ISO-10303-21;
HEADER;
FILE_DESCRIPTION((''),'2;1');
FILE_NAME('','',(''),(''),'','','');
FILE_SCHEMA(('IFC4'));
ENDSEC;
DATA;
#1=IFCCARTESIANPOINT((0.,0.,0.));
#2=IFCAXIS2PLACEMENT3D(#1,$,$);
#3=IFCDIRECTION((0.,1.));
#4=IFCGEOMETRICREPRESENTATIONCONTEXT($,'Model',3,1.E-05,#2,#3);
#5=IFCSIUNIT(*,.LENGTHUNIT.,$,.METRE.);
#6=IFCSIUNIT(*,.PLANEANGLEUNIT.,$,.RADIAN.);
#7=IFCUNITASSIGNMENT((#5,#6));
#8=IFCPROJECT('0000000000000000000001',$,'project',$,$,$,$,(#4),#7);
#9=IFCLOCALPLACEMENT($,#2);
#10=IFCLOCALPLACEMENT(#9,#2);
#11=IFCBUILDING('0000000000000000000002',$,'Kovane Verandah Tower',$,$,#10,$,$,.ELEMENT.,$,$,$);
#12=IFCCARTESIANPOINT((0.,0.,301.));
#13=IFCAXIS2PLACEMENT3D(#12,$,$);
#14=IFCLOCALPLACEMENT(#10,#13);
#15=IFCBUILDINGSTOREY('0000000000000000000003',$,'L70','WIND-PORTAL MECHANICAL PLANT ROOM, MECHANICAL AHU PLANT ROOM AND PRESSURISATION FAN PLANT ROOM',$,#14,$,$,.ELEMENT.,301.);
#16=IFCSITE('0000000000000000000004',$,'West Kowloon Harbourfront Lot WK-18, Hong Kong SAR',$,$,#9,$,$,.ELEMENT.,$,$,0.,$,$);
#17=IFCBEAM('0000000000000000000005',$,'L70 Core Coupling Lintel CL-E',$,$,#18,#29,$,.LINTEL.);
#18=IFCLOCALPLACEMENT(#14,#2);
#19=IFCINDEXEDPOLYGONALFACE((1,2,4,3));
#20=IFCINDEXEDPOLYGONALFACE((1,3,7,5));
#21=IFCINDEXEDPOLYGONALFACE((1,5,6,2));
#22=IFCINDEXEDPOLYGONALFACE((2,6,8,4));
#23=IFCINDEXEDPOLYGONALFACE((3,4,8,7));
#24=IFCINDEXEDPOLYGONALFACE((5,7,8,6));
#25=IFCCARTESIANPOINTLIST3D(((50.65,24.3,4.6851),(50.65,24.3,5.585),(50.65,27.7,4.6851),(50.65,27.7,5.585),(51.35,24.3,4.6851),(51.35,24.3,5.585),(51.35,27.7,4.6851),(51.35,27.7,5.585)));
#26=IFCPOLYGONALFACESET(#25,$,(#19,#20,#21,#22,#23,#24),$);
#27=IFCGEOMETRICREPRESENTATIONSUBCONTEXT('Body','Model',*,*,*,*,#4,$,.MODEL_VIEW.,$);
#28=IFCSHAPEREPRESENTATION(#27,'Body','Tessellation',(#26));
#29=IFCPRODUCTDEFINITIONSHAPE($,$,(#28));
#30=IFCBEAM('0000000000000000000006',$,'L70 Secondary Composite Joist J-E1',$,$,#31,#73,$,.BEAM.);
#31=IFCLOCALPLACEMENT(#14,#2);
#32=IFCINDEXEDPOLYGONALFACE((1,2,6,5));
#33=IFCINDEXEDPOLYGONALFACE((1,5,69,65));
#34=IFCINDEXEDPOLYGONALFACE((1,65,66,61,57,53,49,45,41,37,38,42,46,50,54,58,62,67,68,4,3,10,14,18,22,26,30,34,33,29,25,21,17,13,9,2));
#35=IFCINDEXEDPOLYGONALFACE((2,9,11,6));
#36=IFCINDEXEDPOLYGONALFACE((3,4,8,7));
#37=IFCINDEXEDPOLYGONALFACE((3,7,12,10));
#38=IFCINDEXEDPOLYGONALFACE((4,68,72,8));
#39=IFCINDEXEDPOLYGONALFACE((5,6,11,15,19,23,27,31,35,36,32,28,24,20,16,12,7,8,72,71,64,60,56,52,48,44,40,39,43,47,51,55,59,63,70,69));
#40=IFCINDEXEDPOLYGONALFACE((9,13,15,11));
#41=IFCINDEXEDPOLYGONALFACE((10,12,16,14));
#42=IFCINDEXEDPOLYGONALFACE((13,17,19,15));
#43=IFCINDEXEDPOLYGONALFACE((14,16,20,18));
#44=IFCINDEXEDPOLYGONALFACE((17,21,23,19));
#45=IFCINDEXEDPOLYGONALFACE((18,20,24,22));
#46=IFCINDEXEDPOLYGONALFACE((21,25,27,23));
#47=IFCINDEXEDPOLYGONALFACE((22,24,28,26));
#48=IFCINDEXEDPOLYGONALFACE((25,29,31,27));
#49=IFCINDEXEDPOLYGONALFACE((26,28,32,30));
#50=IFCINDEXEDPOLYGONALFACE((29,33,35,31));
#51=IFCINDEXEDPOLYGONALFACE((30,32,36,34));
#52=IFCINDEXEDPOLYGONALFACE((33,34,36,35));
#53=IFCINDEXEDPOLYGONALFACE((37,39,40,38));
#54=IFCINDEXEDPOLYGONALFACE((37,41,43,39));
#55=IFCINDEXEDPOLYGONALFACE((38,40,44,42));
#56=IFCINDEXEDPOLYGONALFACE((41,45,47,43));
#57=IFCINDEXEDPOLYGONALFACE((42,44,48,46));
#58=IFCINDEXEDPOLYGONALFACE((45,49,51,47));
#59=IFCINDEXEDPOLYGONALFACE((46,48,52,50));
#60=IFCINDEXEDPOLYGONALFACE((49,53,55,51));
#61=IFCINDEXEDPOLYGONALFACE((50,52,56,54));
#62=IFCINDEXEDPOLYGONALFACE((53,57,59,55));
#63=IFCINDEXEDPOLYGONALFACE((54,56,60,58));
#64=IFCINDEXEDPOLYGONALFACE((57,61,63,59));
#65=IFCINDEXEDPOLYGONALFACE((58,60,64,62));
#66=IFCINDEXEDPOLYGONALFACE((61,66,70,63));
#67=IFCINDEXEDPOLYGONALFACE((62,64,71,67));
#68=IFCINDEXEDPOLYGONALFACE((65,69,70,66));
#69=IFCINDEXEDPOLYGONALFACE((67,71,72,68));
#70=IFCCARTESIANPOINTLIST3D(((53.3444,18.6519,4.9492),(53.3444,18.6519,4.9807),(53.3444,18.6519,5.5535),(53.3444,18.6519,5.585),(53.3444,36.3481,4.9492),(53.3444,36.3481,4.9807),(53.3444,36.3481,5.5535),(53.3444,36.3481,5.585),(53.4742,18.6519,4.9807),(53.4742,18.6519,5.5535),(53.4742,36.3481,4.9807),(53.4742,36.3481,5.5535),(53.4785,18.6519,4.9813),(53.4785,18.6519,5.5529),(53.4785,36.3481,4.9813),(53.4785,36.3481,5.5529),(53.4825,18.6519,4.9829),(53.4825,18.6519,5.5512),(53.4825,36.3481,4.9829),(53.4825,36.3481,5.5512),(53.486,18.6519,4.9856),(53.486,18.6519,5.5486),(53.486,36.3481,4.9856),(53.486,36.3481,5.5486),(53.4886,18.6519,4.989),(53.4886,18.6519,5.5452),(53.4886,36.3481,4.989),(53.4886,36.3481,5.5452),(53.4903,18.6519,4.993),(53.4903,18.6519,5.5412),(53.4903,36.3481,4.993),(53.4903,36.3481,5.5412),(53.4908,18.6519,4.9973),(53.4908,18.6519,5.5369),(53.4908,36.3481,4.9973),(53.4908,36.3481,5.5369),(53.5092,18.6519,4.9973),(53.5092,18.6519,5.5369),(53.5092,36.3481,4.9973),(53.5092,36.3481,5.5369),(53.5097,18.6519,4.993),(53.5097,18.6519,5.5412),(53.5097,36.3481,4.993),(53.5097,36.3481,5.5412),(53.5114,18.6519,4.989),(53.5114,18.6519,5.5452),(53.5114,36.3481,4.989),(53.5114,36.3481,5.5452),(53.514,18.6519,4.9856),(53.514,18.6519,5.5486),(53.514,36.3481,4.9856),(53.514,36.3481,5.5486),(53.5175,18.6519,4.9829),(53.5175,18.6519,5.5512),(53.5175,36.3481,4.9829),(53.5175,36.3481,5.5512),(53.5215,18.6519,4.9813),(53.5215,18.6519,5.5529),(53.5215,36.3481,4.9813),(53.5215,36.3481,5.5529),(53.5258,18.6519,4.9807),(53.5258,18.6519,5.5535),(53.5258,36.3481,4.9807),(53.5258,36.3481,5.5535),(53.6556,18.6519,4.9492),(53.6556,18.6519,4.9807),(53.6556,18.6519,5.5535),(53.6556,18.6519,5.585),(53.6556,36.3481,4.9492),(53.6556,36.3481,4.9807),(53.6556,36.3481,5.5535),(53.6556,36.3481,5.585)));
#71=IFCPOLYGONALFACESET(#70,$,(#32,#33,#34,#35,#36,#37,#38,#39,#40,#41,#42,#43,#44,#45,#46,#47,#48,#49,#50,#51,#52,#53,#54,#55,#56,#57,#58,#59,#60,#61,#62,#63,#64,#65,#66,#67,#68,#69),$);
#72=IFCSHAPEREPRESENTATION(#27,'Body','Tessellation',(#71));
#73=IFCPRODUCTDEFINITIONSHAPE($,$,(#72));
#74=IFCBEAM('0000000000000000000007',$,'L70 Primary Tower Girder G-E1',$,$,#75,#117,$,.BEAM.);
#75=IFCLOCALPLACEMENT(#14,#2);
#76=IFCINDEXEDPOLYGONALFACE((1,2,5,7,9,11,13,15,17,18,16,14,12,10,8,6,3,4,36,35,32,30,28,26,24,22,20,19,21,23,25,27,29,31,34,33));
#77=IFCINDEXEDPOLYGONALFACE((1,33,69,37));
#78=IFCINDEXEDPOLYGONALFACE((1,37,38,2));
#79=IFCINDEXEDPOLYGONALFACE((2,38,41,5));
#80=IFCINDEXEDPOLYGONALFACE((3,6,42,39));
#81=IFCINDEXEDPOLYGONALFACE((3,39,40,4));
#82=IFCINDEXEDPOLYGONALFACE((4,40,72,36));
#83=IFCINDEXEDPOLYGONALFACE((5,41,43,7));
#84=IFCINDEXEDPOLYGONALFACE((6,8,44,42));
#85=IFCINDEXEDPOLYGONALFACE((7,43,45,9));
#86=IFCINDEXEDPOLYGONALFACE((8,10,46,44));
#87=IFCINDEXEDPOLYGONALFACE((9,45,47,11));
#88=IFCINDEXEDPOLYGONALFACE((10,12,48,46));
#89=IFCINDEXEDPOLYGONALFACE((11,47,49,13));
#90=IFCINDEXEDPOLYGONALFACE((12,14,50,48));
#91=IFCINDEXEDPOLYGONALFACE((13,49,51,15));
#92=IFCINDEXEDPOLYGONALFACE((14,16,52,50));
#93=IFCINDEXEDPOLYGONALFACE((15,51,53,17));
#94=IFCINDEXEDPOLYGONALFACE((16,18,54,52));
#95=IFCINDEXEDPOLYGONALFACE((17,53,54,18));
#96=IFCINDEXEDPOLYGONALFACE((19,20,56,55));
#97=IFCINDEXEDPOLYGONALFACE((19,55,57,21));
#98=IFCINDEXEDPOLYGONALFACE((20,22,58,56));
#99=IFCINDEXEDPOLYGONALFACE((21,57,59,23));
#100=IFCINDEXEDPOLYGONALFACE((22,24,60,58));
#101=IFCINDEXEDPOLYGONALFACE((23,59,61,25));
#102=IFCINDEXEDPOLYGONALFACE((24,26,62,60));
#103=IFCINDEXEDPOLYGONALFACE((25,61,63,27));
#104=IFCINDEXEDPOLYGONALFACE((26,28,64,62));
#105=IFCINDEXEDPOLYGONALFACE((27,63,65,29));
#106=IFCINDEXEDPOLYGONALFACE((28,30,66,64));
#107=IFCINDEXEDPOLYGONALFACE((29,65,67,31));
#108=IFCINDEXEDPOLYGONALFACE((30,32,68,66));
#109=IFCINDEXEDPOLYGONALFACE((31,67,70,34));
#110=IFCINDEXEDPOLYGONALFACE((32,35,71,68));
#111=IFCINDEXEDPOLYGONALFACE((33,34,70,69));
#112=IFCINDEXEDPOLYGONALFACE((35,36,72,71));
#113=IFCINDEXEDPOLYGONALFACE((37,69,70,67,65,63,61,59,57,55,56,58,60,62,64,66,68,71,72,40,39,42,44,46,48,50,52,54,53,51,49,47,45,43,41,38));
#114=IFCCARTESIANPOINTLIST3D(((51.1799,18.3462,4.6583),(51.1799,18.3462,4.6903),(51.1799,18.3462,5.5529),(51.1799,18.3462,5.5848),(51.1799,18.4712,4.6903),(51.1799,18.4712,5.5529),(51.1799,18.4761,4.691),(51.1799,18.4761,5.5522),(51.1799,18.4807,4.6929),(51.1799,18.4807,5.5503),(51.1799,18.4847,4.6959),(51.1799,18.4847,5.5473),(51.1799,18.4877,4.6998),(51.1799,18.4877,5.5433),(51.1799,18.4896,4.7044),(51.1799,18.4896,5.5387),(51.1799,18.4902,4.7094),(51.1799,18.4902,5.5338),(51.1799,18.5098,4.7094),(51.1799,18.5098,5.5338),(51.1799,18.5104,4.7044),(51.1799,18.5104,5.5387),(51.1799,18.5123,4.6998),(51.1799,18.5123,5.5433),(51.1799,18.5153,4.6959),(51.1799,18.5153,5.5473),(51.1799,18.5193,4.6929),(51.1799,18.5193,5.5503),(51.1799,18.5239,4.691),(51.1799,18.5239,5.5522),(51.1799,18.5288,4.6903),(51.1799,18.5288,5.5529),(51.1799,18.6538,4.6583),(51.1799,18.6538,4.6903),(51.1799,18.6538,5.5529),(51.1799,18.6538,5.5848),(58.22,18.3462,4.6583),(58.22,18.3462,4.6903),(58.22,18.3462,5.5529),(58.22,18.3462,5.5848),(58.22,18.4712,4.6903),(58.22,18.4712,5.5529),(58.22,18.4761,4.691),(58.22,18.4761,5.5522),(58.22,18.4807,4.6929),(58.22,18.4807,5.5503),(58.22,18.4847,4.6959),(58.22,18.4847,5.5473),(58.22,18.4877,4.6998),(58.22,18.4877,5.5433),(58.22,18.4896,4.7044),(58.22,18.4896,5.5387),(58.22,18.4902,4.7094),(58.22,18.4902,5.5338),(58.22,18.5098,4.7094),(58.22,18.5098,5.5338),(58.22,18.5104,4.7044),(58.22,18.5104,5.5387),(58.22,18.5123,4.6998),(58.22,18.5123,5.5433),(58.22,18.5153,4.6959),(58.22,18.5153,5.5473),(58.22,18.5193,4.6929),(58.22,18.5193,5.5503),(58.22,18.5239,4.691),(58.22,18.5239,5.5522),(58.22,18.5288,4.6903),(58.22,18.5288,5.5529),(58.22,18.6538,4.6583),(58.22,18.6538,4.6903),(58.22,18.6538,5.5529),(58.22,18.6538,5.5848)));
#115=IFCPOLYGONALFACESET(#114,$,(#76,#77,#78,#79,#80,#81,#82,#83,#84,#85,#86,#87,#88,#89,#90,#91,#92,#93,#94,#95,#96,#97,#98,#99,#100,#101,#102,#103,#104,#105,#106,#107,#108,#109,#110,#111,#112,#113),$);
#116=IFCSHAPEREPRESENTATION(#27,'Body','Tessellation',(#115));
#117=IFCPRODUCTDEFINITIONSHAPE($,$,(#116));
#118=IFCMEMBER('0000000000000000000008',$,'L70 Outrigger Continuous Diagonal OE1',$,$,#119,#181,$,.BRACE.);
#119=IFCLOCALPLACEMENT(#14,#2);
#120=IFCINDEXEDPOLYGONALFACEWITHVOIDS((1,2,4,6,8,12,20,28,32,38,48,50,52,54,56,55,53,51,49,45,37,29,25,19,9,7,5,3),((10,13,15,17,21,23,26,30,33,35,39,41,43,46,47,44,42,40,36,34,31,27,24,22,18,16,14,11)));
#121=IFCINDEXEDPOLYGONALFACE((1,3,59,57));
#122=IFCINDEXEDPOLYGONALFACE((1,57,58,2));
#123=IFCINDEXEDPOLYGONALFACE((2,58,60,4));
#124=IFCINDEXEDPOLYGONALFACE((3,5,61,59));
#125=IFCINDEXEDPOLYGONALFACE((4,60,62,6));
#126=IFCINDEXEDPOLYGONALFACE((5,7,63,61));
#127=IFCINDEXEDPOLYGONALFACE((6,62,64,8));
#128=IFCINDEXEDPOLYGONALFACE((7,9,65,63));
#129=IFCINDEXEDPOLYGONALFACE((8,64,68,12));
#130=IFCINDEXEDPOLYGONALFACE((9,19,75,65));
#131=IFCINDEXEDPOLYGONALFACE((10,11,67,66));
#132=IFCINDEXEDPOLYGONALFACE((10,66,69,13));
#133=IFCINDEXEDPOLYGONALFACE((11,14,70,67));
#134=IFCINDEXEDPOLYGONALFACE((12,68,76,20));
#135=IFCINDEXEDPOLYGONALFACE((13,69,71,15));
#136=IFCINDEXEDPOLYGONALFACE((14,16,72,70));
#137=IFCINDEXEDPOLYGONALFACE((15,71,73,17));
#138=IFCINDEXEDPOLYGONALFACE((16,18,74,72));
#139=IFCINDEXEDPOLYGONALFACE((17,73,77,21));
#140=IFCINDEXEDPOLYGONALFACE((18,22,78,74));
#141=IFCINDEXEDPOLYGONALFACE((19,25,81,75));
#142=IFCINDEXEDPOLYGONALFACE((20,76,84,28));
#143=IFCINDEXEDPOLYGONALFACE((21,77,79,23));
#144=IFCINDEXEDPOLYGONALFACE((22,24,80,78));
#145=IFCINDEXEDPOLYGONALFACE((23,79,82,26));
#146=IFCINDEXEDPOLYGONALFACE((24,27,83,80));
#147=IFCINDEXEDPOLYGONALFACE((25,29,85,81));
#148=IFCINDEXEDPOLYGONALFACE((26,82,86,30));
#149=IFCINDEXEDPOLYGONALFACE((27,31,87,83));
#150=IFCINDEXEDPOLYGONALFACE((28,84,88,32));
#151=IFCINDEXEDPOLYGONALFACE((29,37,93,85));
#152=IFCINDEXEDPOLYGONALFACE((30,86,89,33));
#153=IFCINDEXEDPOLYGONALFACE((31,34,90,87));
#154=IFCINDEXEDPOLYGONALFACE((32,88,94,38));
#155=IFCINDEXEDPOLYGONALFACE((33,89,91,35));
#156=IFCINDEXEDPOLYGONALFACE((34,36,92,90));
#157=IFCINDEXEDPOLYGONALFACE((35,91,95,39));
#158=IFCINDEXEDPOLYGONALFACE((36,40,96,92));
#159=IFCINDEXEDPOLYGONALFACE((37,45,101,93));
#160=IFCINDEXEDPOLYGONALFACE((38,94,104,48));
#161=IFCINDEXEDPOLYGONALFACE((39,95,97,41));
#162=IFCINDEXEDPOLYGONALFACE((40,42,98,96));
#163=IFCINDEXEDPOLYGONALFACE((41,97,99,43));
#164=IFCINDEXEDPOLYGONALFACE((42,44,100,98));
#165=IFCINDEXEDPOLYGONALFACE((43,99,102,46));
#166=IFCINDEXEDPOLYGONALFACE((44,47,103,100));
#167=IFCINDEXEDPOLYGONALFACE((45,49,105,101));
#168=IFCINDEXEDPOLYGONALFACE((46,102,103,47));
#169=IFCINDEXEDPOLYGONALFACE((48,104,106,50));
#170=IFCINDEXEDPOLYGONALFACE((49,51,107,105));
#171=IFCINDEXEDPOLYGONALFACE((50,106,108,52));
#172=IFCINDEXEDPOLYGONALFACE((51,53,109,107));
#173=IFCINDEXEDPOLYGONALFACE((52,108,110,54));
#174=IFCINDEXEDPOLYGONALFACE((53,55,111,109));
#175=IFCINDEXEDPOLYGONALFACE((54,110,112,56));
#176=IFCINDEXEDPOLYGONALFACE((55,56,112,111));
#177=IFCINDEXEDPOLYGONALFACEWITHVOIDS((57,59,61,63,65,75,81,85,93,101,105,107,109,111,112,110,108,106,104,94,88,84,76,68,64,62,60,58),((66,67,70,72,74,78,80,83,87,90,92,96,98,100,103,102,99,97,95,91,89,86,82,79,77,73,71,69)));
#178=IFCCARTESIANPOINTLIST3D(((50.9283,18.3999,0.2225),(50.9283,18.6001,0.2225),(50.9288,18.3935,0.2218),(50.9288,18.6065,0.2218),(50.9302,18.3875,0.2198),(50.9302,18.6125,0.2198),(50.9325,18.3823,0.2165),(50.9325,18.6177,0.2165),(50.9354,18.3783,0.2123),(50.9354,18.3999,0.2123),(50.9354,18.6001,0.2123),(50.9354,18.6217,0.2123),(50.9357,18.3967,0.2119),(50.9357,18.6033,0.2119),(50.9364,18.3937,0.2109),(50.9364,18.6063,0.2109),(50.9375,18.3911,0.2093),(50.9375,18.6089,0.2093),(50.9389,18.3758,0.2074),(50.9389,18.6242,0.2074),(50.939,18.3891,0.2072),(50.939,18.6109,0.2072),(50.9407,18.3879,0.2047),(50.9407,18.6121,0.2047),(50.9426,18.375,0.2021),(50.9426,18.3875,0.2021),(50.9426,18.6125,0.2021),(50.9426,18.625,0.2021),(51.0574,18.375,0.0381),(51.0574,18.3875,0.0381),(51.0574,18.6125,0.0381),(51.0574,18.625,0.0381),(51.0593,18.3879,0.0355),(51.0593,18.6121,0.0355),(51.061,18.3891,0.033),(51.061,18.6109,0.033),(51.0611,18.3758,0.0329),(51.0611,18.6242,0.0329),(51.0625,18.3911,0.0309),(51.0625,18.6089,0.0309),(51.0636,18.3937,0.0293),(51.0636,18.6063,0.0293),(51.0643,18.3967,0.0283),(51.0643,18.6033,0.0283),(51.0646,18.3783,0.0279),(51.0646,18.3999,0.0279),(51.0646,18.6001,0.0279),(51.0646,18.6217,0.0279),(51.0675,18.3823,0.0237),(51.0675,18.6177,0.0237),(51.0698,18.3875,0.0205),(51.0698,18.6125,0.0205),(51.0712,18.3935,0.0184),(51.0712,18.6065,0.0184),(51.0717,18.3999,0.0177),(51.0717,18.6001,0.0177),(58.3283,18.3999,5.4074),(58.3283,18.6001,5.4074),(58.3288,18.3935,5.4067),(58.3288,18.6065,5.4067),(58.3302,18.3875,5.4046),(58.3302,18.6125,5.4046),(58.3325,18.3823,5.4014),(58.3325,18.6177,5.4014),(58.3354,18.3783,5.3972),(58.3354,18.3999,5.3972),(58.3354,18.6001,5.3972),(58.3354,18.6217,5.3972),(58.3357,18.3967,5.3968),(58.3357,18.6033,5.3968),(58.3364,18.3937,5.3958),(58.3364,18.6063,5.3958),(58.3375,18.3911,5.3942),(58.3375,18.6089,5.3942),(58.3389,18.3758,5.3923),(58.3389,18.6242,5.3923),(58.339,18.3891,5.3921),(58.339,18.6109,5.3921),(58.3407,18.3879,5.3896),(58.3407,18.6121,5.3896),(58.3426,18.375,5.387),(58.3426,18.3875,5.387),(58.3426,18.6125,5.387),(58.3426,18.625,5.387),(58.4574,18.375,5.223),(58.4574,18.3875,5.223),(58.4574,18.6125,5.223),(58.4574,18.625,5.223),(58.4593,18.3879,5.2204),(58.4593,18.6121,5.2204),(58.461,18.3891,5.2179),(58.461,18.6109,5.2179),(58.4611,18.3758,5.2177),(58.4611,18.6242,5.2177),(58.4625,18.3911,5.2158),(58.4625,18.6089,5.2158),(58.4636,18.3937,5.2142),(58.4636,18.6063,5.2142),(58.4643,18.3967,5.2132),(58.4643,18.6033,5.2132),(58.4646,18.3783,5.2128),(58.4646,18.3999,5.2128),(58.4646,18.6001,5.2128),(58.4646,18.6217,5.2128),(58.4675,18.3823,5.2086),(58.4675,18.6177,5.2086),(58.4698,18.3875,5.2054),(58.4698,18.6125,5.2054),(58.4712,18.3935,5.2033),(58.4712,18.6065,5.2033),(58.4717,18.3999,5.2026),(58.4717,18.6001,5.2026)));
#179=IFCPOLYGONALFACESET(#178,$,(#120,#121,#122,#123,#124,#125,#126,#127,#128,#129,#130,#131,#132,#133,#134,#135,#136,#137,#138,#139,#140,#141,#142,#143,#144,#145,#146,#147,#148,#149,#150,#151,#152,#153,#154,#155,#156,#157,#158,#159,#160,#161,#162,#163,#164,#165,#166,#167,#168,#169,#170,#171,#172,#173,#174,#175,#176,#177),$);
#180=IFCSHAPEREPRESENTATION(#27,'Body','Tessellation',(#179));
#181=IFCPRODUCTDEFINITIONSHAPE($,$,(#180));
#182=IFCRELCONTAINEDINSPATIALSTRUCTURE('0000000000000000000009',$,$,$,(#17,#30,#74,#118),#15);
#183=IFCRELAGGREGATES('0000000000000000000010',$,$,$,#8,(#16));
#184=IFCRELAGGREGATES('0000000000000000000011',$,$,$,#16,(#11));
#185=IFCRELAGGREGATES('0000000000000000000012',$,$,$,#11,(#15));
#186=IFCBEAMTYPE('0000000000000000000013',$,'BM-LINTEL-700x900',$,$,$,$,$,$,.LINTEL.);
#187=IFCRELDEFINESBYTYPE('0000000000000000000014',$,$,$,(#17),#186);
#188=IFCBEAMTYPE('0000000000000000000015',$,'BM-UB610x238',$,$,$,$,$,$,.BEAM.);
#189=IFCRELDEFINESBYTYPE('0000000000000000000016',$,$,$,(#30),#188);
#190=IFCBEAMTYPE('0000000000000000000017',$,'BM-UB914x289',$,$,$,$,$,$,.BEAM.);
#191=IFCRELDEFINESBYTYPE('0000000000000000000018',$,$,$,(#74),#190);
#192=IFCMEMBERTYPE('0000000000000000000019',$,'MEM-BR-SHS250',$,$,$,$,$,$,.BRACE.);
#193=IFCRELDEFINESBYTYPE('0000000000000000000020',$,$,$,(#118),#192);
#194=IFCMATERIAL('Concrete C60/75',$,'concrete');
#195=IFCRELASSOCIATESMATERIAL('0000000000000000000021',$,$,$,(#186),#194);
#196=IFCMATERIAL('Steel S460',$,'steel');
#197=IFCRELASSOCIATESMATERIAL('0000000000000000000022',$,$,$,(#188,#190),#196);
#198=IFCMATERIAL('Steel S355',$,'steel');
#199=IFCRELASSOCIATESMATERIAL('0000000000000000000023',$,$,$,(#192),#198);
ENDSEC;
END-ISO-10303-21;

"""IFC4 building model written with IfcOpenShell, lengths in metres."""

from ifc_helpers import new_model, si_unit, direction, frame, origin, origin_2d, place, context, subcontext, project, spatial, rectangle, hollow_rectangle, i_section, extrude, material, material_profile, profile_set, type_object, element, save


model = new_model("IFC4")

# Units and contexts
model_context = context("Model", 3, precision=1e-05, world=origin(), true_north=direction((0.0, 1.0)))
body_context = subcontext(model_context, "Body", "Model", "MODEL_VIEW")
ifc_project = project(units=[si_unit("LENGTHUNIT", "METRE"), si_unit("PLANEANGLEUNIT", "RADIAN")], contexts=[model_context])

# Site, building, storey
site_placement = place(None, origin())
site = spatial("IfcSite", under=ifc_project, at=site_placement, Name="West Kowloon Harbourfront Lot WK-18, Hong Kong SAR", CompositionType="ELEMENT", RefElevation=0.0)
building_placement = place(site_placement, origin())
building = spatial("IfcBuilding", under=site, at=building_placement, Name="Kovane Verandah Tower", CompositionType="ELEMENT")
storey_placement = place(building_placement, frame((0.0, 0.0, 301.0)))
storey = spatial("IfcBuildingStorey", under=building, at=storey_placement, Name="L70", Description="WIND-PORTAL MECHANICAL PLANT ROOM, MECHANICAL AHU PLANT ROOM AND PRESSURISATION FAN PLANT ROOM", CompositionType="ELEMENT", Elevation=301.0)

# Beams
ifc_material_1 = material(Name="Concrete C60/75", Category="concrete")
ifc_material_profile_1 = material_profile(ifc_material_1, rectangle(XDim=0.7, YDim=0.8999, at=origin_2d()), Name="RCB700x900")
ifc_profile_set_1 = profile_set([ifc_material_profile_1], Name="Concrete C60/75")
beam_type_1 = type_object("IfcBeamType", Name="BM-LINTEL-700x900", PredefinedType="LINTEL", material=ifc_profile_set_1)
beam_1_placement = place(storey_placement, frame((51.0, 24.3, 5.135), z_axis=(0.0, 1.0, 0.0), x_axis=(-1.0, 0.0, 0.0)))
element("IfcBeam", 1, at=beam_1_placement, inside=storey, type_object=beam_type_1, Name="L70 Core Coupling Lintel CL-E", PredefinedType="LINTEL", context=body_context, shape_type="SweptSolid", body=[
    extrude(rectangle(XDim=0.7, YDim=0.8999, at=origin_2d()), origin(), (0.0, 0.0, 1.0), 3.3999),
])
ifc_material_2 = material(Name="Steel S460", Category="steel")
ifc_material_profile_2 = material_profile(ifc_material_2, i_section(OverallWidth=0.3113, OverallDepth=0.6357, WebThickness=0.0183, FlangeThickness=0.0315, FilletRadius=0.0166, at=origin_2d()), Name="UB610x305x238")
ifc_profile_set_2 = profile_set([ifc_material_profile_2], Name="Steel S460")
beam_type_2 = type_object("IfcBeamType", Name="BM-UB610x238", PredefinedType="BEAM", material=ifc_profile_set_2)
beam_2_placement = place(storey_placement, frame((53.5, 18.6519, 5.2671), z_axis=(0.0, 1.0, 0.0), x_axis=(-1.0, 0.0, 0.0)))
element("IfcBeam", 2, at=beam_2_placement, inside=storey, type_object=beam_type_2, Name="L70 Secondary Composite Joist J-E1", PredefinedType="BEAM", context=body_context, shape_type="SweptSolid", body=[
    extrude(i_section(OverallWidth=0.3113, OverallDepth=0.6357, WebThickness=0.0183, FlangeThickness=0.0315, FilletRadius=0.0166, at=origin_2d()), origin(), (0.0, 0.0, 1.0), 17.6963),
])
ifc_material_profile_3 = material_profile(ifc_material_2, i_section(OverallWidth=0.3076, OverallDepth=0.9265, WebThickness=0.0195, FlangeThickness=0.032, FilletRadius=0.019, at=origin_2d()), Name="UB914x305x289")
ifc_profile_set_3 = profile_set([ifc_material_profile_3], Name="Steel S460")
beam_type_3 = type_object("IfcBeamType", Name="BM-UB914x289", PredefinedType="BEAM", material=ifc_profile_set_3)
beam_3_placement = place(storey_placement, frame((51.1799, 18.5, 5.1216), z_axis=(1.0, 0.0, 0.0), x_axis=(0.0, 1.0, 0.0)))
element("IfcBeam", 3, at=beam_3_placement, inside=storey, type_object=beam_type_3, Name="L70 Primary Tower Girder G-E1", PredefinedType="BEAM", context=body_context, shape_type="SweptSolid", body=[
    extrude(i_section(OverallWidth=0.3076, OverallDepth=0.9265, WebThickness=0.0195, FlangeThickness=0.032, FilletRadius=0.019, at=origin_2d()), origin(), (0.0, 0.0, 1.0), 7.04),
])

# Member
ifc_material_3 = material(Name="Steel S355", Category="steel")
ifc_material_profile_4 = material_profile(ifc_material_3, hollow_rectangle(XDim=0.25, YDim=0.25, WallThickness=0.0125, InnerFilletRadius=0.0125, OuterFilletRadius=0.0249, at=origin_2d()), Name="SHS250x250x12.5")
ifc_profile_set_4 = profile_set([ifc_material_profile_4], Name="Steel S355")
member_type_1 = type_object("IfcMemberType", Name="MEM-BR-SHS250", PredefinedType="BRACE", material=ifc_profile_set_4)
member_1_placement = place(storey_placement, frame((51.0, 18.5, 0.1201), z_axis=(0.818978, 0.0, 0.573825), x_axis=(0.0, 1.0, 0.0)))
element("IfcMember", 4, at=member_1_placement, inside=storey, type_object=member_type_1, Name="L70 Outrigger Continuous Diagonal OE1", PredefinedType="BRACE", context=body_context, shape_type="SweptSolid", body=[
    extrude(hollow_rectangle(XDim=0.25, YDim=0.25, WallThickness=0.0125, InnerFilletRadius=0.0125, OuterFilletRadius=0.0249, at=origin_2d()), origin(), (0.0, 0.0, 1.0), 9.0356),
])

save(model, "model.ifc")
